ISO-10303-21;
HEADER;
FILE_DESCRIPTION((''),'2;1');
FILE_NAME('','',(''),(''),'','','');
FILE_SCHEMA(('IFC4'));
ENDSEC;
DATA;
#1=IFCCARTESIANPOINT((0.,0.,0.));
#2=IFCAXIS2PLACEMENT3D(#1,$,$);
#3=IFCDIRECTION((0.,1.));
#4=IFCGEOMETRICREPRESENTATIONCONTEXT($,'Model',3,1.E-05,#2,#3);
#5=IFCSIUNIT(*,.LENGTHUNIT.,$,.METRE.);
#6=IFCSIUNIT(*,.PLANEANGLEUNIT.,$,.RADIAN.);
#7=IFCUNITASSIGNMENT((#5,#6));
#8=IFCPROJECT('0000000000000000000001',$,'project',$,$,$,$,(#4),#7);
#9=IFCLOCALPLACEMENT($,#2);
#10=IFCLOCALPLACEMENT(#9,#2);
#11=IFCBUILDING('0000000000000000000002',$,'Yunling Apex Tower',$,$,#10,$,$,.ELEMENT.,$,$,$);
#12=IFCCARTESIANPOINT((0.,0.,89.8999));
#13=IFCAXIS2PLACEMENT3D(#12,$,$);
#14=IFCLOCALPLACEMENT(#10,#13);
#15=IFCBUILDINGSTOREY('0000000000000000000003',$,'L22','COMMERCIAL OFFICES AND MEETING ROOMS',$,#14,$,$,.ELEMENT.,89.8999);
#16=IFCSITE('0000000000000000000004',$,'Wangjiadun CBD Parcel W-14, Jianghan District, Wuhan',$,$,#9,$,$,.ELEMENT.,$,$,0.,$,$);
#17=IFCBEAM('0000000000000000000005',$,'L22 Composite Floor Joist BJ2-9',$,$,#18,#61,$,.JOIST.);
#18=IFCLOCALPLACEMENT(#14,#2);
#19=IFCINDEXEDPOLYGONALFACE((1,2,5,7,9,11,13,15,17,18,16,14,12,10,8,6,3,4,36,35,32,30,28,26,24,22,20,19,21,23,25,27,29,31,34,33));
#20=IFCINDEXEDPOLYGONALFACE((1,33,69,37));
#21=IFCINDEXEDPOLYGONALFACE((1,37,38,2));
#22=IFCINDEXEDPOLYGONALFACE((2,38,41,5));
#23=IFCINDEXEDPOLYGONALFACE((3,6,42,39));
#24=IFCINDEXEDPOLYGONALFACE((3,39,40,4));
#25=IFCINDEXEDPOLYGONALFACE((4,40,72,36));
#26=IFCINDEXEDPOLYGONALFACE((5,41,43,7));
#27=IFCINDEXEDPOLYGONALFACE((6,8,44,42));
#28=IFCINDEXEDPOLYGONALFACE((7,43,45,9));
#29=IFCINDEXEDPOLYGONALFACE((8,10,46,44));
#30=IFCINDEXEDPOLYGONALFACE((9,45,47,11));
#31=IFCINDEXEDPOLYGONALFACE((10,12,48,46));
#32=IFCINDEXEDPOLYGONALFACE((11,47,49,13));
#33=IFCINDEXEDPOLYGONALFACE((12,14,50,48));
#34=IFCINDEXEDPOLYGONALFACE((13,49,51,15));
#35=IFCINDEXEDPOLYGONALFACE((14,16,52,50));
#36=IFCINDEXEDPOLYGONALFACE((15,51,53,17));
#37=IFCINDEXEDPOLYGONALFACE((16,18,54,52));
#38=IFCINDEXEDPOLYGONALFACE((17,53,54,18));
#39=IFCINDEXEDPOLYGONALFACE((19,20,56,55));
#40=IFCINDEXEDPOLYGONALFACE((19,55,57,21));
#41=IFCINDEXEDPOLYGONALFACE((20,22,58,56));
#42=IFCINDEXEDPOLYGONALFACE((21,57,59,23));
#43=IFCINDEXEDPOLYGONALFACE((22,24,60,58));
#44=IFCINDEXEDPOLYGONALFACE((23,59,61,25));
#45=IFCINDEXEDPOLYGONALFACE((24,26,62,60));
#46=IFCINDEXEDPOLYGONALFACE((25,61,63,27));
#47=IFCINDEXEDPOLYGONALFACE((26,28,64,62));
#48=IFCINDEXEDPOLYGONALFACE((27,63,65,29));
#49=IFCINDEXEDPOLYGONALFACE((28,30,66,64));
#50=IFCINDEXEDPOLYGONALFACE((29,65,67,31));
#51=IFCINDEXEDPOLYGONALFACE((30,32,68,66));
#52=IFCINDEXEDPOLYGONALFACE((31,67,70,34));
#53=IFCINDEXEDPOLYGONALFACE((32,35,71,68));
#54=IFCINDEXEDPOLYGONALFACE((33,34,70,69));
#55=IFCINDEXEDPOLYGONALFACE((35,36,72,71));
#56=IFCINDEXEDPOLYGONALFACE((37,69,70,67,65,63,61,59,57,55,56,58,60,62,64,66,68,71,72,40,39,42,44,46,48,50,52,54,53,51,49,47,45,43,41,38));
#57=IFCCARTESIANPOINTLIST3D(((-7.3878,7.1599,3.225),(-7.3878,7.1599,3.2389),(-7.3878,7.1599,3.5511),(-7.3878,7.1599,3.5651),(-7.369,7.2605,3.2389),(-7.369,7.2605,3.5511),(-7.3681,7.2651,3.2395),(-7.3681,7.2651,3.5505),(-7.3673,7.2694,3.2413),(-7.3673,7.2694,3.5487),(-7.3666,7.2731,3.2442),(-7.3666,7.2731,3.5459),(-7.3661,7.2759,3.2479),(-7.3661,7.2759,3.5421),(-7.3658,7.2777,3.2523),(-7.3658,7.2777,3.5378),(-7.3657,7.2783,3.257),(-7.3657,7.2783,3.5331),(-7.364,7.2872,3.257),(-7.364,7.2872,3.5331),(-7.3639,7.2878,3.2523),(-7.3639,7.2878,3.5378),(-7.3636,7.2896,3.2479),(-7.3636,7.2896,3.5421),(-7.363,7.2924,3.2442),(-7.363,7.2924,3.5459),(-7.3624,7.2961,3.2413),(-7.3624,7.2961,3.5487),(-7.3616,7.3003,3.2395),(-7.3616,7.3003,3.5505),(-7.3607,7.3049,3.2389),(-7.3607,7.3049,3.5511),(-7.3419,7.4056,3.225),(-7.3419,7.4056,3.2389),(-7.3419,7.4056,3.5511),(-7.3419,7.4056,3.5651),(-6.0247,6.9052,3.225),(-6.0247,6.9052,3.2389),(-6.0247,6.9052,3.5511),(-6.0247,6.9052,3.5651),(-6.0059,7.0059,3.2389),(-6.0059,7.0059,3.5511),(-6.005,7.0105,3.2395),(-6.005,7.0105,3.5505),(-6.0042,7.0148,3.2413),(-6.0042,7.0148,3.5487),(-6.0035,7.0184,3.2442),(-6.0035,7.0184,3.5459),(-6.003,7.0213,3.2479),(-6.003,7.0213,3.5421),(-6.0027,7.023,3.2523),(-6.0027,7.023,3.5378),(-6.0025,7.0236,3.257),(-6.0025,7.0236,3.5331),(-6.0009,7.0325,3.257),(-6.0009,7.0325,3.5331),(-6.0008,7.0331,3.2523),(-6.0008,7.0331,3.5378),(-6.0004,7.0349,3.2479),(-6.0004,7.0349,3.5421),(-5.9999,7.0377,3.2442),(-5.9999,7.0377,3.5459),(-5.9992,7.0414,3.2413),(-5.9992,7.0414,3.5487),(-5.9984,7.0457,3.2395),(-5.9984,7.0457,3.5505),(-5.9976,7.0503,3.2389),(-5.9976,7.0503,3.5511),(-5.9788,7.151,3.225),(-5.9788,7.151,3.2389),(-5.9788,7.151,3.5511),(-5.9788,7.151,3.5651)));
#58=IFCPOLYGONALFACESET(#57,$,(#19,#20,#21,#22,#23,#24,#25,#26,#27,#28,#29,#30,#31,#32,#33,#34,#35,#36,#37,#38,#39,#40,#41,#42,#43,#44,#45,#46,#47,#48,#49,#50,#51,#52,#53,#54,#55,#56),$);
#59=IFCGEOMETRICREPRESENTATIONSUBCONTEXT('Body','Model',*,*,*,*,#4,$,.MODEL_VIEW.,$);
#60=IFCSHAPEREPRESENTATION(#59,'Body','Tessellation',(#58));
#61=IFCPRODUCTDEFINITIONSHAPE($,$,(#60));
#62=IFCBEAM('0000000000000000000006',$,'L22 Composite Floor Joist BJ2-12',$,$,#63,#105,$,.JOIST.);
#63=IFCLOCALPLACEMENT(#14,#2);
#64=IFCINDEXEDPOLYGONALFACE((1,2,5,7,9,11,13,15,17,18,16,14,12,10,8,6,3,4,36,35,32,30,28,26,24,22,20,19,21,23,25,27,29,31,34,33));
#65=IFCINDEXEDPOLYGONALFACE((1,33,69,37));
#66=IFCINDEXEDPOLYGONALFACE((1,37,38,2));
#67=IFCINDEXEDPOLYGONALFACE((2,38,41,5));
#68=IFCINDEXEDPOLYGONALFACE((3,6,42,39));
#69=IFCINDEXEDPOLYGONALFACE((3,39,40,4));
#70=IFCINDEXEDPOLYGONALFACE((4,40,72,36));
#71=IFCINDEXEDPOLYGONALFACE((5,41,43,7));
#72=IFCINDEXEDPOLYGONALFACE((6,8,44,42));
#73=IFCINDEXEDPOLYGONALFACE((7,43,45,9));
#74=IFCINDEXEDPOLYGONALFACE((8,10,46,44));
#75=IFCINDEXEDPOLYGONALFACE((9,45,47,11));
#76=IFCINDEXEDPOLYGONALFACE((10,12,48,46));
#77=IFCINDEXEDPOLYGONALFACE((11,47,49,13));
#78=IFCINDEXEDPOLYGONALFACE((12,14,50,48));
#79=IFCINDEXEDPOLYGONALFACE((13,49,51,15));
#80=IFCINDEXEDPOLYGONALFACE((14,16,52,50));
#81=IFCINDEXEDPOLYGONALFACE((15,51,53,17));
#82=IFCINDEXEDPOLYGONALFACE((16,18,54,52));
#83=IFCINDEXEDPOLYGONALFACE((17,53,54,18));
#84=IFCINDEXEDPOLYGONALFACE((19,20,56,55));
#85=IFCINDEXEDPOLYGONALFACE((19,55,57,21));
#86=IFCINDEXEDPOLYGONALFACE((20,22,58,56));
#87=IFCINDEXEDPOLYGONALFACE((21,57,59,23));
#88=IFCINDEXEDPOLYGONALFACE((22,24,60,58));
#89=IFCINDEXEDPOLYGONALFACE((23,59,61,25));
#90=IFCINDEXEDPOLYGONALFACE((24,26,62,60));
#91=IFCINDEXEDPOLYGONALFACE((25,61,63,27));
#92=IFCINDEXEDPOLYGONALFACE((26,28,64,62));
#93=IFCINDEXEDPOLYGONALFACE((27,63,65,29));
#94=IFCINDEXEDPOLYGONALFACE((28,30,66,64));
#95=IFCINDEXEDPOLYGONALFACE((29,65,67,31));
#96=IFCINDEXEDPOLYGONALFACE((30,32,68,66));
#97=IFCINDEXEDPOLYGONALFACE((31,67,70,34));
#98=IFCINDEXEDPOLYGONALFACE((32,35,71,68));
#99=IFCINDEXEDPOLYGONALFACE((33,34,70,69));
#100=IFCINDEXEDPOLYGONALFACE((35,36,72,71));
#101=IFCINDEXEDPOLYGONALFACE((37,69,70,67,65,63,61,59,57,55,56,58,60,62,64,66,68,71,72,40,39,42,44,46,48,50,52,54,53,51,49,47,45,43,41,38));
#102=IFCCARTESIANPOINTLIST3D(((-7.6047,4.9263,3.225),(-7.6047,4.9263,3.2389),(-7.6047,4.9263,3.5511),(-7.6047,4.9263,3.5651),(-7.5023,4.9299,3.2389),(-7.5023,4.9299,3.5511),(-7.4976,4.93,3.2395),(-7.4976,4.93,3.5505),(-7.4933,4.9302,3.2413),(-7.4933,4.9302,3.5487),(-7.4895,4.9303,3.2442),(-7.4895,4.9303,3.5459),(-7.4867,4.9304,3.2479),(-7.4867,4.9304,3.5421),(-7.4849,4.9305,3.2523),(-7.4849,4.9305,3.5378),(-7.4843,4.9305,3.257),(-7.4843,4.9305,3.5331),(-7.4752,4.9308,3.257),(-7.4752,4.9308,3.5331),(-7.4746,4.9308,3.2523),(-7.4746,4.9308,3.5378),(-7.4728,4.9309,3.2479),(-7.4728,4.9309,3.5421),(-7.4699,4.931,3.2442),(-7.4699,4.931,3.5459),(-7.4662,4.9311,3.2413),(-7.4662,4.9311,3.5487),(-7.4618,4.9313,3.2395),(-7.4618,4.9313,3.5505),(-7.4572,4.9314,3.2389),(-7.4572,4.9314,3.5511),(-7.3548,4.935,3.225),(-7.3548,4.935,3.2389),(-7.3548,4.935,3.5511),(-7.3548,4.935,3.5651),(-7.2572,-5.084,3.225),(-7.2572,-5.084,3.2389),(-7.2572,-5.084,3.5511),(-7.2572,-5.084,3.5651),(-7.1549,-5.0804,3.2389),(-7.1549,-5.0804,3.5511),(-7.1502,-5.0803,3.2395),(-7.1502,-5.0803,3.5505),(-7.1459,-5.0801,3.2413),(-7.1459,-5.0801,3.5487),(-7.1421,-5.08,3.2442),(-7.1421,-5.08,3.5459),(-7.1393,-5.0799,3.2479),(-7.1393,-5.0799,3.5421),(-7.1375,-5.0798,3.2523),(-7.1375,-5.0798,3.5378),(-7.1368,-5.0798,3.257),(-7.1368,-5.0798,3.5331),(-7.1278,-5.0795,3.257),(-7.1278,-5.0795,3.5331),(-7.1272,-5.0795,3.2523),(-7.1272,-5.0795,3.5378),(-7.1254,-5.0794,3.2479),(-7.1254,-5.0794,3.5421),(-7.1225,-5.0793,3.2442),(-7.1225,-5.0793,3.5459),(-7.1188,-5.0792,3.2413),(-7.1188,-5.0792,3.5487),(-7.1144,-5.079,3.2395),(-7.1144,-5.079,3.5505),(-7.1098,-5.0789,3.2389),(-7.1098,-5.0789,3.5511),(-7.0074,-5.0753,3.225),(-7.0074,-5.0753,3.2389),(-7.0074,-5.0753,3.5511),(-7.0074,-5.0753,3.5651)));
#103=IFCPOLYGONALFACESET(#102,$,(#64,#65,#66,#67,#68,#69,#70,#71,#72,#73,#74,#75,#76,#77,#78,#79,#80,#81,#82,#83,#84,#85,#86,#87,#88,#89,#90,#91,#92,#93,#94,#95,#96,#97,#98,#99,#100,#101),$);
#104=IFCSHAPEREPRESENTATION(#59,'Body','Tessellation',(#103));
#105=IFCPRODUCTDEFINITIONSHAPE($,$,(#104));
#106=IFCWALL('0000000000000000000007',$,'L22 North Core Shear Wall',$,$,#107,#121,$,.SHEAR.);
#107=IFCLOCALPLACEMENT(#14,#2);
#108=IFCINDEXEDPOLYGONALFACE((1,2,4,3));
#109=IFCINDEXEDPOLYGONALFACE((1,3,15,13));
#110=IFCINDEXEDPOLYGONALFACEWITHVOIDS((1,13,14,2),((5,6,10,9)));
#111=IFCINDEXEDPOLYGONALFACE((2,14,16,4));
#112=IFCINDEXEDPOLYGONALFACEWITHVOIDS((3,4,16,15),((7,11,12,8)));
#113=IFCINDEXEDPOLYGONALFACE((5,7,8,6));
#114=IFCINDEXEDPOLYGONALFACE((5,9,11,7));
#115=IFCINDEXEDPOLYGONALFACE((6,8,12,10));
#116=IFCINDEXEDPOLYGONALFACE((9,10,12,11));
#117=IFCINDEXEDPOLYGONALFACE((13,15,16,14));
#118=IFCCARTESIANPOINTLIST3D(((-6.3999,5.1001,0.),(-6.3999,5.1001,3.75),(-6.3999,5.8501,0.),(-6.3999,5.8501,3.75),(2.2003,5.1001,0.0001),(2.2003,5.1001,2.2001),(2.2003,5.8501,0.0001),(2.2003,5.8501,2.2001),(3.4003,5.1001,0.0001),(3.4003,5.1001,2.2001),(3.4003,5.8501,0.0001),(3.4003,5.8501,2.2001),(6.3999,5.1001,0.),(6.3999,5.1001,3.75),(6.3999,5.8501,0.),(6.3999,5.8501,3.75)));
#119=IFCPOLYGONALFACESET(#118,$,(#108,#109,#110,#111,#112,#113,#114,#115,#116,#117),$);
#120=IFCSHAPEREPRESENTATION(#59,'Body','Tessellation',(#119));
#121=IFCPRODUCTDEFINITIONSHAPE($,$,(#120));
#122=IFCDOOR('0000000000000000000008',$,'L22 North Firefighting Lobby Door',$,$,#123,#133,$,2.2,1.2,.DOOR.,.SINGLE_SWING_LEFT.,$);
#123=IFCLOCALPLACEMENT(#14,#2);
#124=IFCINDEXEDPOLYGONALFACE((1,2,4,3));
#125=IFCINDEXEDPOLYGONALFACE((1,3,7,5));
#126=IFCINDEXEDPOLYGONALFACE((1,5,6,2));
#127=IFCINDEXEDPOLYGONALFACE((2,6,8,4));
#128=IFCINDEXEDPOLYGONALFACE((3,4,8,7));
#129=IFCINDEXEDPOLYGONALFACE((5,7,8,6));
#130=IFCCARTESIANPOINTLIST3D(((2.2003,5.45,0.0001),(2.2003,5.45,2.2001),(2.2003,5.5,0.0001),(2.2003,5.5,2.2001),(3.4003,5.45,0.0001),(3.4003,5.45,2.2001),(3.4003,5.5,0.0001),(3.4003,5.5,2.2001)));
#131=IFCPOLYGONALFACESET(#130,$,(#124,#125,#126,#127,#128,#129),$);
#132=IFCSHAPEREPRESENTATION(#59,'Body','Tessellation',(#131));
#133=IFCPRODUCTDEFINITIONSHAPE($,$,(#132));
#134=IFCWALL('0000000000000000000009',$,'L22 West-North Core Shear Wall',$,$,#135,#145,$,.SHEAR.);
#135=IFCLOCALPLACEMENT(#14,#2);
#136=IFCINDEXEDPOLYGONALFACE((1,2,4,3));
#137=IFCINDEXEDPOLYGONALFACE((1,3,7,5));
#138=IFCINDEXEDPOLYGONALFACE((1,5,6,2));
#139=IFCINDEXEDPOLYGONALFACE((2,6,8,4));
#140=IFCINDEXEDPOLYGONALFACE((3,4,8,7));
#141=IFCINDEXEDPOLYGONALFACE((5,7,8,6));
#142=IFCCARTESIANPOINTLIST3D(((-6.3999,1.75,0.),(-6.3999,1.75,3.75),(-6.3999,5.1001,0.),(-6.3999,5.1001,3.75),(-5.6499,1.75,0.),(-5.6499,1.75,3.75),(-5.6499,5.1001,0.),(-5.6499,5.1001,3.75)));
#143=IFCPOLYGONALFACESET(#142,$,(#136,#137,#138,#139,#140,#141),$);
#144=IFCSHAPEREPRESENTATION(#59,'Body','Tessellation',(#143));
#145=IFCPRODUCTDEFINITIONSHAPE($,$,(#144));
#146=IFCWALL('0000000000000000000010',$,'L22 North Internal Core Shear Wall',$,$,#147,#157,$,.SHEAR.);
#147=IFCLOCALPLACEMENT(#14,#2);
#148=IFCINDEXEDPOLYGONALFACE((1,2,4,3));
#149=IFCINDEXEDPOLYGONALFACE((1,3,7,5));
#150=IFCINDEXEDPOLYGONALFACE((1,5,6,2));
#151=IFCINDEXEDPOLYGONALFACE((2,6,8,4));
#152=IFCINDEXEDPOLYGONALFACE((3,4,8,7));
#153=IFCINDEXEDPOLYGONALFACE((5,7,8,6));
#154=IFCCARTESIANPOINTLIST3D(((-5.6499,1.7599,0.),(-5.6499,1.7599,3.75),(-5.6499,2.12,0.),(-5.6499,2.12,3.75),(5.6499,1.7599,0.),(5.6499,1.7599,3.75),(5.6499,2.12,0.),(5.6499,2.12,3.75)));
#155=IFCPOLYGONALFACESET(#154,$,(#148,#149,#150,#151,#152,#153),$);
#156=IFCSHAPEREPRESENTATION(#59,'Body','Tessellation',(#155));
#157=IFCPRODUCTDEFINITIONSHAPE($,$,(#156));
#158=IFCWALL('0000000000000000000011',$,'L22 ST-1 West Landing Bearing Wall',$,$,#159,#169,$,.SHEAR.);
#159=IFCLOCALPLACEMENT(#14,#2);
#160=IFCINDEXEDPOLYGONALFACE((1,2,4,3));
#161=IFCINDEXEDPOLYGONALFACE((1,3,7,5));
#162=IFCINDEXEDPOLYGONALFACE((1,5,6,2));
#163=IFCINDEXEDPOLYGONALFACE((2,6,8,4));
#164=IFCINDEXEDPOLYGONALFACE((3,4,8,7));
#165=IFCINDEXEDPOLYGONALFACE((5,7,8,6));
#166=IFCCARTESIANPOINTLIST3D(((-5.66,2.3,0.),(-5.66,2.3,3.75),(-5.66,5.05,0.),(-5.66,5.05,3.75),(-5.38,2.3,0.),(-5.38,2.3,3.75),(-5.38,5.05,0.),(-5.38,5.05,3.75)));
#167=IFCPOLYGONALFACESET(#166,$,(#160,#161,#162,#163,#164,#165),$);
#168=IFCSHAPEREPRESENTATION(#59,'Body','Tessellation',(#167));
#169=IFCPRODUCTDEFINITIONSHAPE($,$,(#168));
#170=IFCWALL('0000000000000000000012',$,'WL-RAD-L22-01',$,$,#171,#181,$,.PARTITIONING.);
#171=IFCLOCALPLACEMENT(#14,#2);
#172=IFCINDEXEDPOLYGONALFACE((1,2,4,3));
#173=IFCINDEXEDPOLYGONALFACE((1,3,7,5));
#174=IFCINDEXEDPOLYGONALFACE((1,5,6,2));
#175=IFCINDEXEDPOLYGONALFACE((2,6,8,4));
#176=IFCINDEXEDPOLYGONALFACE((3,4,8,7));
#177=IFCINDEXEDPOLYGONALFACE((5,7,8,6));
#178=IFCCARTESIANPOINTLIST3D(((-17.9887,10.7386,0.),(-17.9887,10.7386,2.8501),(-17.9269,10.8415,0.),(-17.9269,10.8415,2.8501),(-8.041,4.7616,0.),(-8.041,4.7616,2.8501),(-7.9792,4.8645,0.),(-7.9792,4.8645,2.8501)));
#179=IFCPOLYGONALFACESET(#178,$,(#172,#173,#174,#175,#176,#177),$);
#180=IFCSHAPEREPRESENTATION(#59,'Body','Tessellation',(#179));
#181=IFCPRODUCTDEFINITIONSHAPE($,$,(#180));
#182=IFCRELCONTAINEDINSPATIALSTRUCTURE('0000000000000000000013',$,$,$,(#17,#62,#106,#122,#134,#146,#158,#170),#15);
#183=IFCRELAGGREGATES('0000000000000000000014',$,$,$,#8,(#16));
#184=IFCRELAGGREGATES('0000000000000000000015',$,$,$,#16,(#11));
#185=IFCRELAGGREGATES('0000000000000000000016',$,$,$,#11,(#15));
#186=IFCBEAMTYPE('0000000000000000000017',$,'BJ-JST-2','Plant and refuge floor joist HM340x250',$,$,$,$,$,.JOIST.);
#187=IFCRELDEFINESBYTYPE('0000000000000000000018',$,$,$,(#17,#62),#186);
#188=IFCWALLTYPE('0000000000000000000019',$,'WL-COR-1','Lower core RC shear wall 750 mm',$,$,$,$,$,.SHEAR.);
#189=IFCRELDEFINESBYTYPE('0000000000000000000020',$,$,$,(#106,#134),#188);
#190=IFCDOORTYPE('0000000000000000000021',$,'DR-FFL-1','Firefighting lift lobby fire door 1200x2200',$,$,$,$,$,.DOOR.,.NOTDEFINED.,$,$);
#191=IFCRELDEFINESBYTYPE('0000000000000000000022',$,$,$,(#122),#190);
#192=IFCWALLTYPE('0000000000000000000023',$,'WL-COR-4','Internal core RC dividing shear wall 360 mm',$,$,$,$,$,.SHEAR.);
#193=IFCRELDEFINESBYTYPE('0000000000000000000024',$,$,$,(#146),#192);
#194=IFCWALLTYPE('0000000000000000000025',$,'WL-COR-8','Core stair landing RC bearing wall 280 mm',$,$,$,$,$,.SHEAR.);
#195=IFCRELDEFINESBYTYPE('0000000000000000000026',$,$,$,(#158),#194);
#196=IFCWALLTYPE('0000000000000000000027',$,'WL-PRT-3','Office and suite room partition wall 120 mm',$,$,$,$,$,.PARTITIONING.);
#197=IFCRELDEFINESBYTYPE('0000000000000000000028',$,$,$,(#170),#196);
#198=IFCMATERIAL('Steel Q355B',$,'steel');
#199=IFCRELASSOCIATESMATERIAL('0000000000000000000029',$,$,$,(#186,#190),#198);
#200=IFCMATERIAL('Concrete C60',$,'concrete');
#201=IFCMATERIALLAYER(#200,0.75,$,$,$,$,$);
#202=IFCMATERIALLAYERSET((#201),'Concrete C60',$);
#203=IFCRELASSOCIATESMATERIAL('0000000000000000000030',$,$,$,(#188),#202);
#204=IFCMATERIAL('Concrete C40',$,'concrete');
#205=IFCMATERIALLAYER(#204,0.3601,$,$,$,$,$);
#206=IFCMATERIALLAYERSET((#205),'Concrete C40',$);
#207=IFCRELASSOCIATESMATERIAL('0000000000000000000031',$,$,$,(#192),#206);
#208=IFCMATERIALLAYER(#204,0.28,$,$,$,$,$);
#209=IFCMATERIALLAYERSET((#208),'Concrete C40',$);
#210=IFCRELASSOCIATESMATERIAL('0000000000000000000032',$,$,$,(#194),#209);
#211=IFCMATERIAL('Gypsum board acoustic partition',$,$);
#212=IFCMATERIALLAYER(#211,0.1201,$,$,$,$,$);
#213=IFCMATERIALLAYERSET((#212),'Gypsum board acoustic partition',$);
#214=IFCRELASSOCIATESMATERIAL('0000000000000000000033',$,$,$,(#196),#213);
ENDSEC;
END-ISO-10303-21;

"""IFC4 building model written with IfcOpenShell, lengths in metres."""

from ifc_helpers import new_model, si_unit, direction, frame, frame_2d, origin, origin_2d, place, context, subcontext, project, spatial, rectangle, i_section, extrude, source, transform, mapped, material, layer, layer_set, material_profile, profile_set, type_object, element, fill, save


model = new_model("IFC4")

# Units and contexts
model_context = context("Model", 3, precision=1e-05, world=origin(), true_north=direction((0.0, 1.0)))
body_context = subcontext(model_context, "Body", "Model", "MODEL_VIEW")
ifc_project = project(units=[si_unit("LENGTHUNIT", "METRE"), si_unit("PLANEANGLEUNIT", "RADIAN")], contexts=[model_context])

# Site, building, storey
site_placement = place(None, origin())
site = spatial("IfcSite", under=ifc_project, at=site_placement, Name="Wangjiadun CBD Parcel W-14, Jianghan District, Wuhan", CompositionType="ELEMENT", RefElevation=0.0)
building_placement = place(site_placement, origin())
building = spatial("IfcBuilding", under=site, at=building_placement, Name="Yunling Apex Tower", CompositionType="ELEMENT")
storey_placement = place(building_placement, frame((0.0, 0.0, 89.8999)))
storey = spatial("IfcBuildingStorey", under=building, at=storey_placement, Name="L22", Description="COMMERCIAL OFFICES AND MEETING ROOMS", CompositionType="ELEMENT", Elevation=89.8999)

# Shared definitions
ifc_material_1 = material(Name="Concrete C60", Category="concrete")

# Beams
ifc_material_2 = material(Name="Steel Q355B", Category="steel")
ifc_material_profile_1 = material_profile(ifc_material_2, i_section(OverallWidth=0.25, OverallDepth=0.3401, WebThickness=0.009, FlangeThickness=0.0139, FilletRadius=0.0181, at=origin_2d()))
ifc_profile_set_1 = profile_set([ifc_material_profile_1], Name="Steel Q355B")
beam_type_1 = type_object("IfcBeamType", Name="BJ-JST-2", Description="Plant and refuge floor joist HM340x250", PredefinedType="JOIST", material=ifc_profile_set_1)
shared_shape_1 = source(origin(), body_context, "Body", "SweptSolid", [
    extrude(i_section(OverallWidth=0.25, OverallDepth=0.3401, WebThickness=0.009, FlangeThickness=0.0139, FilletRadius=0.0181, at=origin_2d()), origin(), (0.0, 0.0, 1.0), 1.3867),
])
beam_1_placement = place(storey_placement, frame((-6.0017, 7.0281, 3.395), z_axis=(-0.982994, 0.18364, 0.0), x_axis=(-0.18364, -0.982994, 0.0)))
element("IfcBeam", 1, at=beam_1_placement, inside=storey, type_object=beam_type_1, Name="L22 Composite Floor Joist BJ2-9", PredefinedType="JOIST", context=body_context, shape_type="MappedRepresentation", body=[
    mapped(shared_shape_1, transform((0.0, 0.0, 0.0), scale=1.0)),
])
shared_shape_2 = source(origin(), body_context, "Body", "SweptSolid", [
    extrude(i_section(OverallWidth=0.25, OverallDepth=0.3401, WebThickness=0.009, FlangeThickness=0.0139, FilletRadius=0.0181, at=origin_2d()), origin(), (0.0, 0.0, 1.0), 10.0164),
])
beam_2_placement = place(storey_placement, frame((-7.4797, 4.9307, 3.395), z_axis=(0.034685, -0.999398, 0.0), x_axis=(0.999398, 0.034685, 0.0)))
element("IfcBeam", 2, at=beam_2_placement, inside=storey, type_object=beam_type_1, Name="L22 Composite Floor Joist BJ2-12", PredefinedType="JOIST", context=body_context, shape_type="MappedRepresentation", body=[
    mapped(shared_shape_2, transform((0.0, 0.0, 0.0), scale=1.0)),
])

# Wall, opening, door
ifc_layer_1 = layer(ifc_material_1, 0.75)
ifc_layer_set_1 = layer_set([ifc_layer_1], Name="Concrete C60")
wall_type_1 = type_object("IfcWallType", Name="WL-COR-1", Description="Lower core RC shear wall 750 mm", PredefinedType="SHEAR", material=ifc_layer_set_1)
wall_1_placement = place(storey_placement, frame((-6.3999, 5.4751, 0.0), z_axis=(0.0, 0.0, 1.0), x_axis=(1.0, 0.0, 0.0)))
wall_1 = element("IfcWall", 3, at=wall_1_placement, inside=storey, type_object=wall_type_1, Name="L22 North Core Shear Wall", PredefinedType="SHEAR", context=body_context, shape_type="SweptSolid", body=[
    extrude(rectangle(XDim=12.7998, YDim=0.75, at=frame_2d((6.3999, 0.0))), origin(), (0.0, 0.0, 1.0), 3.75),
])
opening_1_placement = place(wall_1_placement, frame((8.6001, 0.0, 0.0)))
opening_1 = element("IfcOpeningElement", 4, at=opening_1_placement, cuts=wall_1, PredefinedType="OPENING", context=body_context, shape_type="SweptSolid", body=[
    extrude(rectangle(XDim=1.2, YDim=2.2, at=frame_2d((0.6001, 1.1001))), frame((0.0, 0.385, 0.0), z_axis=(0.0, -1.0, 0.0), x_axis=(1.0, 0.0, 0.0)), (0.0, 0.0, 1.0), 0.77),
])
door_type_1 = type_object("IfcDoorType", Name="DR-FFL-1", Description="Firefighting lift lobby fire door 1200x2200", OperationType="NOTDEFINED", PredefinedType="DOOR", material=ifc_material_2)
door_1_placement = place(opening_1_placement, origin())
door_1 = element("IfcDoor", 5, at=door_1_placement, inside=storey, type_object=door_type_1, Name="L22 North Firefighting Lobby Door", OperationType="SINGLE_SWING_LEFT", OverallHeight=2.2, OverallWidth=1.2, PredefinedType="DOOR", context=body_context, shape_type="SweptSolid", body=[
    extrude(rectangle(XDim=1.2, YDim=2.2, at=frame_2d((0.6001, 1.1001))), frame((0.0, 0.0249, 0.0), z_axis=(0.0, -1.0, 0.0), x_axis=(1.0, 0.0, 0.0)), (0.0, 0.0, 1.0), 0.05),
])
fill(opening_1, door_1)

# Walls
wall_2_placement = place(storey_placement, frame((-6.0249, 1.75, 0.0), z_axis=(0.0, 0.0, 1.0), x_axis=(0.0, 1.0, 0.0)))
element("IfcWall", 6, at=wall_2_placement, inside=storey, type_object=wall_type_1, Name="L22 West-North Core Shear Wall", PredefinedType="SHEAR", context=body_context, shape_type="SweptSolid", body=[
    extrude(rectangle(XDim=3.3501, YDim=0.75, at=frame_2d((1.675, 0.0))), origin(), (0.0, 0.0, 1.0), 3.75),
])
ifc_material_3 = material(Name="Concrete C40", Category="concrete")
ifc_layer_2 = layer(ifc_material_3, 0.3601)
ifc_layer_set_2 = layer_set([ifc_layer_2], Name="Concrete C40")
wall_type_2 = type_object("IfcWallType", Name="WL-COR-4", Description="Internal core RC dividing shear wall 360 mm", PredefinedType="SHEAR", material=ifc_layer_set_2)
wall_3_placement = place(storey_placement, frame((-5.6499, 1.9399, 0.0), z_axis=(0.0, 0.0, 1.0), x_axis=(1.0, 0.0, 0.0)))
element("IfcWall", 7, at=wall_3_placement, inside=storey, type_object=wall_type_2, Name="L22 North Internal Core Shear Wall", PredefinedType="SHEAR", context=body_context, shape_type="SweptSolid", body=[
    extrude(rectangle(XDim=11.2998, YDim=0.3601, at=frame_2d((5.6499, 0.0))), origin(), (0.0, 0.0, 1.0), 3.75),
])
ifc_layer_3 = layer(ifc_material_3, 0.28)
ifc_layer_set_3 = layer_set([ifc_layer_3], Name="Concrete C40")
wall_type_3 = type_object("IfcWallType", Name="WL-COR-8", Description="Core stair landing RC bearing wall 280 mm", PredefinedType="SHEAR", material=ifc_layer_set_3)
wall_4_placement = place(storey_placement, frame((-5.52, 2.3, 0.0), z_axis=(0.0, 0.0, 1.0), x_axis=(0.0, 1.0, 0.0)))
element("IfcWall", 8, at=wall_4_placement, inside=storey, type_object=wall_type_3, Name="L22 ST-1 West Landing Bearing Wall", PredefinedType="SHEAR", context=body_context, shape_type="SweptSolid", body=[
    extrude(rectangle(XDim=2.75, YDim=0.28, at=frame_2d((1.375, 0.0))), origin(), (0.0, 0.0, 1.0), 3.75),
])
ifc_material_4 = material(Name="Gypsum board acoustic partition")
ifc_layer_4 = layer(ifc_material_4, 0.1201)
ifc_layer_set_4 = layer_set([ifc_layer_4], Name="Gypsum board acoustic partition")
wall_type_4 = type_object("IfcWallType", Name="WL-PRT-3", Description="Office and suite room partition wall 120 mm", PredefinedType="PARTITIONING", material=ifc_layer_set_4)
wall_5_placement = place(storey_placement, frame((-8.01, 4.813, 0.0), z_axis=(0.0, 0.0, 1.0), x_axis=(-0.857173, 0.515028, 0.0)))
element("IfcWall", 9, at=wall_5_placement, inside=storey, type_object=wall_type_4, Name="WL-RAD-L22-01", PredefinedType="PARTITIONING", context=body_context, shape_type="SweptSolid", body=[
    extrude(rectangle(XDim=11.6052, YDim=0.1201, at=frame_2d((5.8027, 0.0))), origin(), (0.0, 0.0, 1.0), 2.8501),
])

save(model, "model.ifc")
